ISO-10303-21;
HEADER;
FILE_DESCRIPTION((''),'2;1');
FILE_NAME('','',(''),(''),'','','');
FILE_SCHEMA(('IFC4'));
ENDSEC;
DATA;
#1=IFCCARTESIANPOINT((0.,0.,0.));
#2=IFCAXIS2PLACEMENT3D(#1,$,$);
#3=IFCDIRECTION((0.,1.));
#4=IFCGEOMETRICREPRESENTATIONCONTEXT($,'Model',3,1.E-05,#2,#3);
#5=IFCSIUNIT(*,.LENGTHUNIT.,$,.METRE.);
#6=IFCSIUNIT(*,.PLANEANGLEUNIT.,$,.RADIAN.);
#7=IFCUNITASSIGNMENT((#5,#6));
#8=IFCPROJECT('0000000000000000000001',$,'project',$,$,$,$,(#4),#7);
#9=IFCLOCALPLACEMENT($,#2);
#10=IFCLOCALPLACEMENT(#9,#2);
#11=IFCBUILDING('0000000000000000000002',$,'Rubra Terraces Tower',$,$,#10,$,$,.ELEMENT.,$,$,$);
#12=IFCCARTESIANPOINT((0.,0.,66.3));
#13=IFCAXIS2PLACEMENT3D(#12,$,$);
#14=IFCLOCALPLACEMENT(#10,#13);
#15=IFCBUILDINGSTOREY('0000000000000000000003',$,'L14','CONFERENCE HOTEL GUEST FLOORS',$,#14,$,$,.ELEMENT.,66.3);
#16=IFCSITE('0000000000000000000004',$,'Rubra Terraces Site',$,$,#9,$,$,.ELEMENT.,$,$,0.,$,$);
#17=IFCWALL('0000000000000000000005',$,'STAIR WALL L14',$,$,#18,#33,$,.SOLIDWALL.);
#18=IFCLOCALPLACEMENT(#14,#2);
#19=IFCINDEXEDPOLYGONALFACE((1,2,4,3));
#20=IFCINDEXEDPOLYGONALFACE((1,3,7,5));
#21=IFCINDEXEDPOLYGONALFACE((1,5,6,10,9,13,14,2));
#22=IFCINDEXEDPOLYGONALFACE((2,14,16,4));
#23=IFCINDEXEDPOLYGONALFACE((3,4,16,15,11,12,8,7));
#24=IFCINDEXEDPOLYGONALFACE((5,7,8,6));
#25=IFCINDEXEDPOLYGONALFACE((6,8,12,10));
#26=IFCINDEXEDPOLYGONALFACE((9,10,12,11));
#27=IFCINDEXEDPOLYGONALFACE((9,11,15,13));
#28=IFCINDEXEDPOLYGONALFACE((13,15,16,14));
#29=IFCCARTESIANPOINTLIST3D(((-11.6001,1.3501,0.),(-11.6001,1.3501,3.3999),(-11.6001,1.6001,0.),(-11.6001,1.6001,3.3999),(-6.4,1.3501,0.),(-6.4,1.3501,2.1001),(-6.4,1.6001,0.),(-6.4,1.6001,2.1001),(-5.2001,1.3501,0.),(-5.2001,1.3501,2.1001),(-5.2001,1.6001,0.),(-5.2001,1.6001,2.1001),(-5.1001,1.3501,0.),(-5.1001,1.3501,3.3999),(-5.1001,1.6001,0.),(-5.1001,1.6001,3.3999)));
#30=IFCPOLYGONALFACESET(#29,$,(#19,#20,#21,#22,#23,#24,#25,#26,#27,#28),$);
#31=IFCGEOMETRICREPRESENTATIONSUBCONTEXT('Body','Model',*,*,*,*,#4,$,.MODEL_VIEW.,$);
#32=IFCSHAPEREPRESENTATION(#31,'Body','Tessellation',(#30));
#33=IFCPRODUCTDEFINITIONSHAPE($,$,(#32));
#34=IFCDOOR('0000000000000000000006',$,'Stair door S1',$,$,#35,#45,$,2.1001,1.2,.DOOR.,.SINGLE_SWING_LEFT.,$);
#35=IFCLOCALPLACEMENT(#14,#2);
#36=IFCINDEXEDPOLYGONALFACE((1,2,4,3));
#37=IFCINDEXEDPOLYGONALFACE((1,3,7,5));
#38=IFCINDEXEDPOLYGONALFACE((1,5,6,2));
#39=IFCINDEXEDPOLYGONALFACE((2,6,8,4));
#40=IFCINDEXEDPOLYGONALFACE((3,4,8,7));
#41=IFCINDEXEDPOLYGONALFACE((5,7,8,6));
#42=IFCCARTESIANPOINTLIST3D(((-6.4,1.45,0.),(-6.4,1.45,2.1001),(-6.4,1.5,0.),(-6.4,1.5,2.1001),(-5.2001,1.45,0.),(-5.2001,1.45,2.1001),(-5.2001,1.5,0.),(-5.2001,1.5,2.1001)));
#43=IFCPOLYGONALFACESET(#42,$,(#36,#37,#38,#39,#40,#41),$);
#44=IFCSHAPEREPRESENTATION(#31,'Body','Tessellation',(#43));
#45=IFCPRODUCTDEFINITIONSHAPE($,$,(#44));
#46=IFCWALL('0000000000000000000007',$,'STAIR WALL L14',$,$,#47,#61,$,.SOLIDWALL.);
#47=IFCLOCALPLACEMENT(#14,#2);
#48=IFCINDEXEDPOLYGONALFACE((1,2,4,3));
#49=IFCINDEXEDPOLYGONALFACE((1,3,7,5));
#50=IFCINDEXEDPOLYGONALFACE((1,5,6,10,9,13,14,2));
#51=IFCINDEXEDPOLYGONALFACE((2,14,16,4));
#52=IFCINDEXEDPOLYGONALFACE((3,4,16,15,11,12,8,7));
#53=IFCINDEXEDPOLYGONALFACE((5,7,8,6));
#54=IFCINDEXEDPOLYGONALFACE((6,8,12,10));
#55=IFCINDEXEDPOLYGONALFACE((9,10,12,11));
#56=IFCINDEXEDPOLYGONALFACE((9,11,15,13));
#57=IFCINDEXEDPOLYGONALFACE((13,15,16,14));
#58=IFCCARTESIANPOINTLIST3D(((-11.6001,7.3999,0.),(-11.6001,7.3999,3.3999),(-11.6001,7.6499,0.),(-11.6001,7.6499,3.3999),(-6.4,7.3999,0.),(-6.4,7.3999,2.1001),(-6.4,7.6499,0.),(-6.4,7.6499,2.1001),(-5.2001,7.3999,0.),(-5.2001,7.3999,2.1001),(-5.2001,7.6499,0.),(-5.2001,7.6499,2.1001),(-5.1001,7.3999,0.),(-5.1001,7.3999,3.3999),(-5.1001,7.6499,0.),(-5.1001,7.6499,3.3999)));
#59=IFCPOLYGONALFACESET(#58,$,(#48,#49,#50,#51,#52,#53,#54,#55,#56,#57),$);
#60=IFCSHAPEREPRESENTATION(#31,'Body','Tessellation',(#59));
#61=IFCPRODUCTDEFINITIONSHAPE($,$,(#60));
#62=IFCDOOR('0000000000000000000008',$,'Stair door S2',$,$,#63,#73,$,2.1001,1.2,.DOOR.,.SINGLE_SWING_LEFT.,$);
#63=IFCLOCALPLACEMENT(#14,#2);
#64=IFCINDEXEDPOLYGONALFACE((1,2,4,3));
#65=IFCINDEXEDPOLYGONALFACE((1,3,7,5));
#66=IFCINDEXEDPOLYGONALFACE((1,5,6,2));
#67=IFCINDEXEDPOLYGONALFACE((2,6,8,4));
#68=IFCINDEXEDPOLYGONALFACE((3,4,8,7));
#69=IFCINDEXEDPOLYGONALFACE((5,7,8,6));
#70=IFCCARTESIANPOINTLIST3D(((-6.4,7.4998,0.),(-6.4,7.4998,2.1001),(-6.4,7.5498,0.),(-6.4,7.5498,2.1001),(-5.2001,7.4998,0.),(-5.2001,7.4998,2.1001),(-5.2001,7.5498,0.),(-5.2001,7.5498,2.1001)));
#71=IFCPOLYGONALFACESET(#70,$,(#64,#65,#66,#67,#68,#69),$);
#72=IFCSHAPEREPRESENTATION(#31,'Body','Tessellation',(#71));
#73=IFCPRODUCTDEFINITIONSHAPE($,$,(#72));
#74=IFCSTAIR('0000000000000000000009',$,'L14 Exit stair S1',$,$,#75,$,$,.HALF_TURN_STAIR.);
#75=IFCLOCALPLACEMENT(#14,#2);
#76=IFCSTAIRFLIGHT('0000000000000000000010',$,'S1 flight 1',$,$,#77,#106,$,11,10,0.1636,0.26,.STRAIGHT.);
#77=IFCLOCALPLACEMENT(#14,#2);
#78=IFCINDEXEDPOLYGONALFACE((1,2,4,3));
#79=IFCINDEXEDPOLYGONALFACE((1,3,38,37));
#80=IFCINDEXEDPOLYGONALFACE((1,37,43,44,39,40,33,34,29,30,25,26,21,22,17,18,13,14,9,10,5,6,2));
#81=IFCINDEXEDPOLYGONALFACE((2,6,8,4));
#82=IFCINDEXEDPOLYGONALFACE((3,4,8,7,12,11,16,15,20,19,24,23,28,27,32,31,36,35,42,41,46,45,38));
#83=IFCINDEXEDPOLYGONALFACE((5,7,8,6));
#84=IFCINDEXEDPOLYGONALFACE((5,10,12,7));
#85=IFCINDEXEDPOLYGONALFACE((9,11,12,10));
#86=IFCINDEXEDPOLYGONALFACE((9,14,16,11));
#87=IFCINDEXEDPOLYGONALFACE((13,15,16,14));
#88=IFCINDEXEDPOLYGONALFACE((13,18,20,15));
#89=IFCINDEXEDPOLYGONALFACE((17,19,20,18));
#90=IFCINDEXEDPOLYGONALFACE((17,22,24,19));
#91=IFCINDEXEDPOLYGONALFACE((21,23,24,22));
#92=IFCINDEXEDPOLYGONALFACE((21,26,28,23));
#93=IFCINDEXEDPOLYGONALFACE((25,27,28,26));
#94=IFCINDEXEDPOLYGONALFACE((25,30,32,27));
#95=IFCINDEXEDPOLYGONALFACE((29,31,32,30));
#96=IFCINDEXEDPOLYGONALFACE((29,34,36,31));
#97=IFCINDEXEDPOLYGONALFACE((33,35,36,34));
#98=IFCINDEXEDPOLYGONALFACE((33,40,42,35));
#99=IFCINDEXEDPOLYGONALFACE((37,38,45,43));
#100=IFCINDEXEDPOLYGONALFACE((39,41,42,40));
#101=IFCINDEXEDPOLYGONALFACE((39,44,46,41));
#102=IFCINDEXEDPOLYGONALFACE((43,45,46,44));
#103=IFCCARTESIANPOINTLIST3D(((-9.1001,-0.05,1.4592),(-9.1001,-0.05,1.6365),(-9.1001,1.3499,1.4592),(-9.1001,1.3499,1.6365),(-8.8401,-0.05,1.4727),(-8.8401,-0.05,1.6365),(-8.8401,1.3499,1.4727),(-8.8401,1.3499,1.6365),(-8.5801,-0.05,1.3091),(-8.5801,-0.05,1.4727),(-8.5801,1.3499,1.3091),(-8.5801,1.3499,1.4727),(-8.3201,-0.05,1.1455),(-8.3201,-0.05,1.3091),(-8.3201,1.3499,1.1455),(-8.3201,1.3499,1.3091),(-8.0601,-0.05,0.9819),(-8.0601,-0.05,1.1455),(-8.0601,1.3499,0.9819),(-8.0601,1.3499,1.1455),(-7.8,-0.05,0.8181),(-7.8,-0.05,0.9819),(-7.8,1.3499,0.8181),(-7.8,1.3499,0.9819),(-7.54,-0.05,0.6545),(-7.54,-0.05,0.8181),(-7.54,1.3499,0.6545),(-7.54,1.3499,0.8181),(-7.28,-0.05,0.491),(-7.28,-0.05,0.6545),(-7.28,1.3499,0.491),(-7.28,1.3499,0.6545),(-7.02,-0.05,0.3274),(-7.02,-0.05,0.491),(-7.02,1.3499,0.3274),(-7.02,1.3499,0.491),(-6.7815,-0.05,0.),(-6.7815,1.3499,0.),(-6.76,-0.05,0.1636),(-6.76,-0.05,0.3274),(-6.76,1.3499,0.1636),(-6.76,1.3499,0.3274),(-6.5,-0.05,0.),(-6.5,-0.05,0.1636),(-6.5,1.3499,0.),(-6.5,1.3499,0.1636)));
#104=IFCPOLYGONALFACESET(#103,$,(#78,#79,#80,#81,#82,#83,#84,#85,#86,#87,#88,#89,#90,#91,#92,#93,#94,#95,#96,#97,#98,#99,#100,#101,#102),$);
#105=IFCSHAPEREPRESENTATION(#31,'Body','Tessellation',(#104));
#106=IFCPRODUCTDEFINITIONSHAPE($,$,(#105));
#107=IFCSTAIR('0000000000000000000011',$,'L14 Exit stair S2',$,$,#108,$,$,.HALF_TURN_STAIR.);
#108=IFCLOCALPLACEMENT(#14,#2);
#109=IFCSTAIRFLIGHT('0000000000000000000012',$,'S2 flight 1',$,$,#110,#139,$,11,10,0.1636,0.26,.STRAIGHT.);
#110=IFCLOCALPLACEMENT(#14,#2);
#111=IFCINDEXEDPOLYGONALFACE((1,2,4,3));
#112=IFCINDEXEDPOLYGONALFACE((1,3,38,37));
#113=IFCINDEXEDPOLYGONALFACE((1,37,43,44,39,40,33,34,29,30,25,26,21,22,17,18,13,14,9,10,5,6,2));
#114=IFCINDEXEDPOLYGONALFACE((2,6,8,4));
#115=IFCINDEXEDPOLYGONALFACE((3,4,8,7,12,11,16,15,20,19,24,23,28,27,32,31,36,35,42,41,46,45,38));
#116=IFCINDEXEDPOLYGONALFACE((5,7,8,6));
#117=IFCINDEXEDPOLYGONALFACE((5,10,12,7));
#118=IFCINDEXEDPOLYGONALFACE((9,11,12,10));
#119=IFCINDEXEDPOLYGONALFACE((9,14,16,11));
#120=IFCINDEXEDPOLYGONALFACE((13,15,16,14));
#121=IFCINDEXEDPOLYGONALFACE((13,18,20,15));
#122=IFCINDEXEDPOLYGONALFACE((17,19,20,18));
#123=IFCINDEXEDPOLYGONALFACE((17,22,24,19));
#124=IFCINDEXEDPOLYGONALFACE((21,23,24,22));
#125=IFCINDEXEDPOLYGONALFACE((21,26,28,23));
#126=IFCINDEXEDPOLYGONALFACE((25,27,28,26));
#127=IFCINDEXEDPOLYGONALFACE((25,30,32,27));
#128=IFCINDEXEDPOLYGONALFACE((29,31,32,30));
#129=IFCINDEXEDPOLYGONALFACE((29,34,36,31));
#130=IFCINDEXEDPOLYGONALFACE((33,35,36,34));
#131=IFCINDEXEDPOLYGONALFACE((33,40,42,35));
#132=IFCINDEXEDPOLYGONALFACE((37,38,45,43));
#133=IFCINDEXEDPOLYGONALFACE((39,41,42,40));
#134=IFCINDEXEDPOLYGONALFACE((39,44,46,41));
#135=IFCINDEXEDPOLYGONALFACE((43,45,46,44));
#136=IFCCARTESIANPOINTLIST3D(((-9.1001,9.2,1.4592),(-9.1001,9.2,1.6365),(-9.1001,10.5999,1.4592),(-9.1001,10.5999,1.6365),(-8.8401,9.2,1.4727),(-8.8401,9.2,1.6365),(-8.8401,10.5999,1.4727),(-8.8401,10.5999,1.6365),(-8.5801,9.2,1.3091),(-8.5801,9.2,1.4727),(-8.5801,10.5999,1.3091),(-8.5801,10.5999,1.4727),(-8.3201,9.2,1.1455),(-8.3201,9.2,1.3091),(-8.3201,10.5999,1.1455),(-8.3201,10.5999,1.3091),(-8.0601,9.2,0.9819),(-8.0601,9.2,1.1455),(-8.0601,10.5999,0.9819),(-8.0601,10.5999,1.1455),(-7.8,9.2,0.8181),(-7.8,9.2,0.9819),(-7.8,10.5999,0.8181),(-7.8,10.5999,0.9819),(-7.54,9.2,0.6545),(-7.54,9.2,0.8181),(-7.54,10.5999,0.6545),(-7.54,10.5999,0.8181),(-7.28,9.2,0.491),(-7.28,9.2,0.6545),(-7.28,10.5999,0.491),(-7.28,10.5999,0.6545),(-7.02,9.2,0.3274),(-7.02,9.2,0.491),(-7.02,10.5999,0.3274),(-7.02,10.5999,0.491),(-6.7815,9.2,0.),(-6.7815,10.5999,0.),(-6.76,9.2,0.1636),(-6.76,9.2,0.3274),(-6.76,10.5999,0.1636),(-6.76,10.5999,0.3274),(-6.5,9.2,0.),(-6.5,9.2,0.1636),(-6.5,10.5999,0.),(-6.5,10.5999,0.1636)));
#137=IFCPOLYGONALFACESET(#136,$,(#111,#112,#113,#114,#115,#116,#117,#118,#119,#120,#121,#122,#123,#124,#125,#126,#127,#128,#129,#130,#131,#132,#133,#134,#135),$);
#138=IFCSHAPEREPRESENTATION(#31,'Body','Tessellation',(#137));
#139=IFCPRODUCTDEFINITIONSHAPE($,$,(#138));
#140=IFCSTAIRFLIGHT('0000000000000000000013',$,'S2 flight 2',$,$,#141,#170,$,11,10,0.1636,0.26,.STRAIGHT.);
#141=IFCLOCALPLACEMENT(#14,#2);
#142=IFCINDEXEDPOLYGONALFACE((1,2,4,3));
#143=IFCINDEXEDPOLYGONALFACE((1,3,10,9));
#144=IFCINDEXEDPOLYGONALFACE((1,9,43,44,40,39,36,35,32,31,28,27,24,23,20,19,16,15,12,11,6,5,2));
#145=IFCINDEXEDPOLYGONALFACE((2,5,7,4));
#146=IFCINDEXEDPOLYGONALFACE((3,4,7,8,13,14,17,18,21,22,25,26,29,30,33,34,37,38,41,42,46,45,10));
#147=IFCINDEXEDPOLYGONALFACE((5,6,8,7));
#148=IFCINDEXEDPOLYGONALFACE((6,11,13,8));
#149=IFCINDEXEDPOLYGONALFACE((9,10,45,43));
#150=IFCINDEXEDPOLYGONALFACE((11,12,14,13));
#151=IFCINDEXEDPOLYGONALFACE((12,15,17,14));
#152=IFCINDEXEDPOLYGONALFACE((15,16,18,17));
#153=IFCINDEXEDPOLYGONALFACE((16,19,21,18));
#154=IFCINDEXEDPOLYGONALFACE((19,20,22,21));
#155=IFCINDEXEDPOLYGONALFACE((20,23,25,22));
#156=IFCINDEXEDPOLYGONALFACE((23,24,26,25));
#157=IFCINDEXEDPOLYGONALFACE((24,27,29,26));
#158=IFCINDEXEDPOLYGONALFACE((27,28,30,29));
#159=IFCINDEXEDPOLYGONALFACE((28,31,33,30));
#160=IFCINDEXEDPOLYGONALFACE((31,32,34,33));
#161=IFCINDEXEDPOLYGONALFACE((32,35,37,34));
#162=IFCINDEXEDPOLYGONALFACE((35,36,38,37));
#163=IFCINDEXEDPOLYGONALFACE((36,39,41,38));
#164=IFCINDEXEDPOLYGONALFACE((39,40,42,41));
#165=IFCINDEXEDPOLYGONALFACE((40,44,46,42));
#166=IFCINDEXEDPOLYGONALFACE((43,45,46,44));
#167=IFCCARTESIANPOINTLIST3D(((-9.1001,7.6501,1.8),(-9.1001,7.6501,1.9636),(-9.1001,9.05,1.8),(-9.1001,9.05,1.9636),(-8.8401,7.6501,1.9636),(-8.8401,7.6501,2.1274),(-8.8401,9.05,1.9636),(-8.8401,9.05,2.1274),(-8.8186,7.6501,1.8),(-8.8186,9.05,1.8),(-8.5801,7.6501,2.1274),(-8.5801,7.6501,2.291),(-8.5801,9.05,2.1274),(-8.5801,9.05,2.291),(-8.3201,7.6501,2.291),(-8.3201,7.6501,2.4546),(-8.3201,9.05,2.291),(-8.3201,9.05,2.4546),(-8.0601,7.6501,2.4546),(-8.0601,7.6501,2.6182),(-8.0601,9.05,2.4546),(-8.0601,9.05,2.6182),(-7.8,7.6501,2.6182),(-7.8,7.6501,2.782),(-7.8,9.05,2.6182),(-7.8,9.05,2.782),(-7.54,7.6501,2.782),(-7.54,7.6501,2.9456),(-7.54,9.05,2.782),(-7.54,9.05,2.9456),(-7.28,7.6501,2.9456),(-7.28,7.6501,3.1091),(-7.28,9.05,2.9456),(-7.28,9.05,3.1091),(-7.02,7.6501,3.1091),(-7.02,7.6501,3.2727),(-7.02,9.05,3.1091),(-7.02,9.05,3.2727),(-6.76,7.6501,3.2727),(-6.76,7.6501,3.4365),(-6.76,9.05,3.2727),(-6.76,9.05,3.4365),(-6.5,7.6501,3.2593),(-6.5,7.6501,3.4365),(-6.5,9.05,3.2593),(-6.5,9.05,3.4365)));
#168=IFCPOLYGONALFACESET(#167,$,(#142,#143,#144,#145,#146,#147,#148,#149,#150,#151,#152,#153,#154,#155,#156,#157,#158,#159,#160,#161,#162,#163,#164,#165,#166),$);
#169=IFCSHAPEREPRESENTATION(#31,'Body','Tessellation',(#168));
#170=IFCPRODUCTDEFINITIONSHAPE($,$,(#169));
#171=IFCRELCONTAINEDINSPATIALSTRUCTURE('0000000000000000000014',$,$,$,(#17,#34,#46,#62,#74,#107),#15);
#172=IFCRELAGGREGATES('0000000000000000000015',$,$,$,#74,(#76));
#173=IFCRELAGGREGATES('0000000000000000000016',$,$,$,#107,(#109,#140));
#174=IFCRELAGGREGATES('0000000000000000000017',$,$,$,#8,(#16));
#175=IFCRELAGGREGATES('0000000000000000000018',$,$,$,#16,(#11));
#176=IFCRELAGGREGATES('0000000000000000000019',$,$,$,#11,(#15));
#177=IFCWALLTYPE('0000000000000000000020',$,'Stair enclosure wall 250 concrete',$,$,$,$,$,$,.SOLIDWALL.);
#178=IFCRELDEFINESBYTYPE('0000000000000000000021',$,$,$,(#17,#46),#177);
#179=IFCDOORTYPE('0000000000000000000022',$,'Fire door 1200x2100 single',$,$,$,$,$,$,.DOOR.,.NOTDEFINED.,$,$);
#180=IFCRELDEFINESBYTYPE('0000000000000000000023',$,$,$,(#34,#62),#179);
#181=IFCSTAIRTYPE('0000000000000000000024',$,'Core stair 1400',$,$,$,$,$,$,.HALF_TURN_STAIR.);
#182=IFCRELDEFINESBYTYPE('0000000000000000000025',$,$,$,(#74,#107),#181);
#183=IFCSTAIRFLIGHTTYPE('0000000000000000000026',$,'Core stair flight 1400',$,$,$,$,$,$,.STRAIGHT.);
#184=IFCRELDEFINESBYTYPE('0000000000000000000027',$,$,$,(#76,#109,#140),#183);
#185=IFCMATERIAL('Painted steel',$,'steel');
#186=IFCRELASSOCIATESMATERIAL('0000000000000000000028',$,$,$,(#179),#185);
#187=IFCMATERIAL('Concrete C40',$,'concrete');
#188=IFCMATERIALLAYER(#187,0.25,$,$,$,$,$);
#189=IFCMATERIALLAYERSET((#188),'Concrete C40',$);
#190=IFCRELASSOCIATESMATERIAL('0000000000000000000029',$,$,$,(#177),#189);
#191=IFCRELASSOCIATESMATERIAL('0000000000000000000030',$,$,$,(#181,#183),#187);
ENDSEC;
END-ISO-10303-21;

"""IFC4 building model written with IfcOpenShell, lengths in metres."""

from ifc_helpers import new_model, si_unit, direction, frame, frame_2d, origin, place, context, subcontext, project, spatial, polyline, rectangle, outline, extrude, material, layer, layer_set, type_object, element, fill, aggregate, save


model = new_model("IFC4")

# Units and contexts
model_context = context("Model", 3, precision=1e-05, world=origin(), true_north=direction((0.0, 1.0)))
body_context = subcontext(model_context, "Body", "Model", "MODEL_VIEW")
ifc_project = project(units=[si_unit("LENGTHUNIT", "METRE"), si_unit("PLANEANGLEUNIT", "RADIAN")], contexts=[model_context])

# Site, building, storey
site_placement = place(None, origin())
site = spatial("IfcSite", under=ifc_project, at=site_placement, Name="Rubra Terraces Site", CompositionType="ELEMENT", RefElevation=0.0)
building_placement = place(site_placement, origin())
building = spatial("IfcBuilding", under=site, at=building_placement, Name="Rubra Terraces Tower", CompositionType="ELEMENT")
storey_placement = place(building_placement, frame((0.0, 0.0, 66.3)))
storey = spatial("IfcBuildingStorey", under=building, at=storey_placement, Name="L14", Description="CONFERENCE HOTEL GUEST FLOORS", CompositionType="ELEMENT", Elevation=66.3)

# Shared definitions
ifc_material_1 = material(Name="Painted steel", Category="steel")
door_type_1 = type_object("IfcDoorType", Name="Fire door 1200x2100 single", OperationType="NOTDEFINED", PredefinedType="DOOR", material=ifc_material_1)

# Walls, openings, doors
ifc_material_2 = material(Name="Concrete C40", Category="concrete")
ifc_layer_1 = layer(ifc_material_2, 0.25)
ifc_layer_set_1 = layer_set([ifc_layer_1], Name="Concrete C40")
wall_type_1 = type_object("IfcWallType", Name="Stair enclosure wall 250 concrete", PredefinedType="SOLIDWALL", material=ifc_layer_set_1)
wall_1_placement = place(storey_placement, frame((-11.6001, 1.4751, 0.0), z_axis=(0.0, 0.0, 1.0), x_axis=(1.0, 0.0, 0.0)))
wall_1 = element("IfcWall", 1, at=wall_1_placement, inside=storey, type_object=wall_type_1, Name="STAIR WALL L14", PredefinedType="SOLIDWALL", context=body_context, shape_type="SweptSolid", body=[
    extrude(rectangle(XDim=6.5, YDim=0.25, at=frame_2d((3.25, 0.0))), origin(), (0.0, 0.0, 1.0), 3.3999),
])
opening_1_placement = place(wall_1_placement, frame((5.2, 0.0, 0.0)))
opening_1 = element("IfcOpeningElement", 2, at=opening_1_placement, cuts=wall_1, PredefinedType="OPENING", context=body_context, shape_type="SweptSolid", body=[
    extrude(rectangle(XDim=1.2, YDim=2.1001, at=frame_2d((0.6001, 1.05))), frame((0.0, 0.135, 0.0), z_axis=(0.0, -1.0, 0.0), x_axis=(1.0, 0.0, 0.0)), (0.0, 0.0, 1.0), 0.27),
])
door_1_placement = place(opening_1_placement, origin())
door_1 = element("IfcDoor", 3, at=door_1_placement, inside=storey, type_object=door_type_1, Name="Stair door S1", OperationType="SINGLE_SWING_LEFT", OverallHeight=2.1001, OverallWidth=1.2, PredefinedType="DOOR", context=body_context, shape_type="SweptSolid", body=[
    extrude(rectangle(XDim=1.2, YDim=2.1001, at=frame_2d((0.6001, 1.05))), frame((0.0, 0.0249, 0.0), z_axis=(0.0, -1.0, 0.0), x_axis=(1.0, 0.0, 0.0)), (0.0, 0.0, 1.0), 0.05),
])
fill(opening_1, door_1)
wall_2_placement = place(storey_placement, frame((-11.6001, 7.5249, 0.0), z_axis=(0.0, 0.0, 1.0), x_axis=(1.0, 0.0, 0.0)))
wall_2 = element("IfcWall", 4, at=wall_2_placement, inside=storey, type_object=wall_type_1, Name="STAIR WALL L14", PredefinedType="SOLIDWALL", context=body_context, shape_type="SweptSolid", body=[
    extrude(rectangle(XDim=6.5, YDim=0.25, at=frame_2d((3.25, 0.0))), origin(), (0.0, 0.0, 1.0), 3.3999),
])
opening_2_placement = place(wall_2_placement, frame((5.2, 0.0, 0.0)))
opening_2 = element("IfcOpeningElement", 5, at=opening_2_placement, cuts=wall_2, PredefinedType="OPENING", context=body_context, shape_type="SweptSolid", body=[
    extrude(rectangle(XDim=1.2, YDim=2.1001, at=frame_2d((0.6001, 1.05))), frame((0.0, 0.135, 0.0), z_axis=(0.0, -1.0, 0.0), x_axis=(1.0, 0.0, 0.0)), (0.0, 0.0, 1.0), 0.27),
])
door_2_placement = place(opening_2_placement, origin())
door_2 = element("IfcDoor", 6, at=door_2_placement, inside=storey, type_object=door_type_1, Name="Stair door S2", OperationType="SINGLE_SWING_LEFT", OverallHeight=2.1001, OverallWidth=1.2, PredefinedType="DOOR", context=body_context, shape_type="SweptSolid", body=[
    extrude(rectangle(XDim=1.2, YDim=2.1001, at=frame_2d((0.6001, 1.05))), frame((0.0, 0.0249, 0.0), z_axis=(0.0, -1.0, 0.0), x_axis=(1.0, 0.0, 0.0)), (0.0, 0.0, 1.0), 0.05),
])
fill(opening_2, door_2)

# Stair, stair flight
stair_type = type_object("IfcStairType", Name="Core stair 1400", PredefinedType="HALF_TURN_STAIR", material=ifc_material_2)
stair_1_placement = place(storey_placement, origin())
stair_1 = element("IfcStair", 7, at=stair_1_placement, inside=storey, type_object=stair_type, Name="L14 Exit stair S1", PredefinedType="HALF_TURN_STAIR")
stair_flight_type = type_object("IfcStairFlightType", Name="Core stair flight 1400", PredefinedType="STRAIGHT", material=ifc_material_2)
stair_flight_1_placement = place(storey_placement, frame((-6.5, 0.6499, 0.0), z_axis=(0.0, 0.0, 1.0), x_axis=(-1.0, 0.0, 0.0)))
stair_flight_1 = element("IfcStairFlight", 8, at=stair_flight_1_placement, type_object=stair_flight_type, Name="S1 flight 1", NumberOfRisers=11, NumberOfTreads=10, PredefinedType="STRAIGHT", RiserHeight=0.1636, TreadLength=0.26, context=body_context, shape_type="SweptSolid", body=[
    extrude(outline(polyline([(0.0, 0.0), (0.0, 0.1636), (0.26, 0.1636), (0.26, 0.3274), (0.52, 0.3274), (0.52, 0.491), (0.78, 0.491), (0.78, 0.6545), (1.04, 0.6545), (1.04, 0.8181), (1.3, 0.8181), (1.3, 0.9819), (1.5601, 0.9819), (1.5601, 1.1455), (1.8201, 1.1455), (1.8201, 1.3091), (2.0801, 1.3091), (2.0801, 1.4727), (2.3401, 1.4727), (2.3401, 1.6365), (2.6001, 1.6365), (2.6001, 1.8), (2.6001, 1.4592), (0.2815, 0.0), (0.0, 0.0)])), frame((0.0, 0.7, 0.0), z_axis=(0.0, -1.0, 0.0), x_axis=(1.0, 0.0, 0.0)), (0.0, 0.0, 1.0), 1.3999),
])
aggregate(stair_1, [stair_flight_1])

# Stair, stair flights
stair_2_placement = place(storey_placement, origin())
stair_2 = element("IfcStair", 9, at=stair_2_placement, inside=storey, type_object=stair_type, Name="L14 Exit stair S2", PredefinedType="HALF_TURN_STAIR")
stair_flight_2_placement = place(storey_placement, frame((-6.5, 9.8999, 0.0), z_axis=(0.0, 0.0, 1.0), x_axis=(-1.0, 0.0, 0.0)))
stair_flight_2 = element("IfcStairFlight", 10, at=stair_flight_2_placement, type_object=stair_flight_type, Name="S2 flight 1", NumberOfRisers=11, NumberOfTreads=10, PredefinedType="STRAIGHT", RiserHeight=0.1636, TreadLength=0.26, context=body_context, shape_type="SweptSolid", body=[
    extrude(outline(polyline([(0.0, 0.0), (0.0, 0.1636), (0.26, 0.1636), (0.26, 0.3274), (0.52, 0.3274), (0.52, 0.491), (0.78, 0.491), (0.78, 0.6545), (1.04, 0.6545), (1.04, 0.8181), (1.3, 0.8181), (1.3, 0.9819), (1.5601, 0.9819), (1.5601, 1.1455), (1.8201, 1.1455), (1.8201, 1.3091), (2.0801, 1.3091), (2.0801, 1.4727), (2.3401, 1.4727), (2.3401, 1.6365), (2.6001, 1.6365), (2.6001, 1.8), (2.6001, 1.4592), (0.2815, 0.0), (0.0, 0.0)])), frame((0.0, 0.7, 0.0), z_axis=(0.0, -1.0, 0.0), x_axis=(1.0, 0.0, 0.0)), (0.0, 0.0, 1.0), 1.3999),
])
stair_flight_3_placement = place(storey_placement, frame((-9.1001, 8.3501, 1.8), z_axis=(0.0, 0.0, 1.0), x_axis=(1.0, 0.0, 0.0)))
stair_flight_3 = element("IfcStairFlight", 11, at=stair_flight_3_placement, type_object=stair_flight_type, Name="S2 flight 2", NumberOfRisers=11, NumberOfTreads=10, PredefinedType="STRAIGHT", RiserHeight=0.1636, TreadLength=0.26, context=body_context, shape_type="SweptSolid", body=[
    extrude(outline(polyline([(0.0, 0.0), (0.0, 0.1636), (0.26, 0.1636), (0.26, 0.3274), (0.52, 0.3274), (0.52, 0.491), (0.78, 0.491), (0.78, 0.6545), (1.04, 0.6545), (1.04, 0.8181), (1.3, 0.8181), (1.3, 0.9819), (1.5601, 0.9819), (1.5601, 1.1455), (1.8201, 1.1455), (1.8201, 1.3091), (2.0801, 1.3091), (2.0801, 1.4727), (2.3401, 1.4727), (2.3401, 1.6365), (2.6001, 1.6365), (2.6001, 1.8), (2.6001, 1.4592), (0.2815, 0.0), (0.0, 0.0)])), frame((0.0, 0.7, 0.0), z_axis=(0.0, -1.0, 0.0), x_axis=(1.0, 0.0, 0.0)), (0.0, 0.0, 1.0), 1.3999),
])
aggregate(stair_2, [stair_flight_2, stair_flight_3])

save(model, "model.ifc")
